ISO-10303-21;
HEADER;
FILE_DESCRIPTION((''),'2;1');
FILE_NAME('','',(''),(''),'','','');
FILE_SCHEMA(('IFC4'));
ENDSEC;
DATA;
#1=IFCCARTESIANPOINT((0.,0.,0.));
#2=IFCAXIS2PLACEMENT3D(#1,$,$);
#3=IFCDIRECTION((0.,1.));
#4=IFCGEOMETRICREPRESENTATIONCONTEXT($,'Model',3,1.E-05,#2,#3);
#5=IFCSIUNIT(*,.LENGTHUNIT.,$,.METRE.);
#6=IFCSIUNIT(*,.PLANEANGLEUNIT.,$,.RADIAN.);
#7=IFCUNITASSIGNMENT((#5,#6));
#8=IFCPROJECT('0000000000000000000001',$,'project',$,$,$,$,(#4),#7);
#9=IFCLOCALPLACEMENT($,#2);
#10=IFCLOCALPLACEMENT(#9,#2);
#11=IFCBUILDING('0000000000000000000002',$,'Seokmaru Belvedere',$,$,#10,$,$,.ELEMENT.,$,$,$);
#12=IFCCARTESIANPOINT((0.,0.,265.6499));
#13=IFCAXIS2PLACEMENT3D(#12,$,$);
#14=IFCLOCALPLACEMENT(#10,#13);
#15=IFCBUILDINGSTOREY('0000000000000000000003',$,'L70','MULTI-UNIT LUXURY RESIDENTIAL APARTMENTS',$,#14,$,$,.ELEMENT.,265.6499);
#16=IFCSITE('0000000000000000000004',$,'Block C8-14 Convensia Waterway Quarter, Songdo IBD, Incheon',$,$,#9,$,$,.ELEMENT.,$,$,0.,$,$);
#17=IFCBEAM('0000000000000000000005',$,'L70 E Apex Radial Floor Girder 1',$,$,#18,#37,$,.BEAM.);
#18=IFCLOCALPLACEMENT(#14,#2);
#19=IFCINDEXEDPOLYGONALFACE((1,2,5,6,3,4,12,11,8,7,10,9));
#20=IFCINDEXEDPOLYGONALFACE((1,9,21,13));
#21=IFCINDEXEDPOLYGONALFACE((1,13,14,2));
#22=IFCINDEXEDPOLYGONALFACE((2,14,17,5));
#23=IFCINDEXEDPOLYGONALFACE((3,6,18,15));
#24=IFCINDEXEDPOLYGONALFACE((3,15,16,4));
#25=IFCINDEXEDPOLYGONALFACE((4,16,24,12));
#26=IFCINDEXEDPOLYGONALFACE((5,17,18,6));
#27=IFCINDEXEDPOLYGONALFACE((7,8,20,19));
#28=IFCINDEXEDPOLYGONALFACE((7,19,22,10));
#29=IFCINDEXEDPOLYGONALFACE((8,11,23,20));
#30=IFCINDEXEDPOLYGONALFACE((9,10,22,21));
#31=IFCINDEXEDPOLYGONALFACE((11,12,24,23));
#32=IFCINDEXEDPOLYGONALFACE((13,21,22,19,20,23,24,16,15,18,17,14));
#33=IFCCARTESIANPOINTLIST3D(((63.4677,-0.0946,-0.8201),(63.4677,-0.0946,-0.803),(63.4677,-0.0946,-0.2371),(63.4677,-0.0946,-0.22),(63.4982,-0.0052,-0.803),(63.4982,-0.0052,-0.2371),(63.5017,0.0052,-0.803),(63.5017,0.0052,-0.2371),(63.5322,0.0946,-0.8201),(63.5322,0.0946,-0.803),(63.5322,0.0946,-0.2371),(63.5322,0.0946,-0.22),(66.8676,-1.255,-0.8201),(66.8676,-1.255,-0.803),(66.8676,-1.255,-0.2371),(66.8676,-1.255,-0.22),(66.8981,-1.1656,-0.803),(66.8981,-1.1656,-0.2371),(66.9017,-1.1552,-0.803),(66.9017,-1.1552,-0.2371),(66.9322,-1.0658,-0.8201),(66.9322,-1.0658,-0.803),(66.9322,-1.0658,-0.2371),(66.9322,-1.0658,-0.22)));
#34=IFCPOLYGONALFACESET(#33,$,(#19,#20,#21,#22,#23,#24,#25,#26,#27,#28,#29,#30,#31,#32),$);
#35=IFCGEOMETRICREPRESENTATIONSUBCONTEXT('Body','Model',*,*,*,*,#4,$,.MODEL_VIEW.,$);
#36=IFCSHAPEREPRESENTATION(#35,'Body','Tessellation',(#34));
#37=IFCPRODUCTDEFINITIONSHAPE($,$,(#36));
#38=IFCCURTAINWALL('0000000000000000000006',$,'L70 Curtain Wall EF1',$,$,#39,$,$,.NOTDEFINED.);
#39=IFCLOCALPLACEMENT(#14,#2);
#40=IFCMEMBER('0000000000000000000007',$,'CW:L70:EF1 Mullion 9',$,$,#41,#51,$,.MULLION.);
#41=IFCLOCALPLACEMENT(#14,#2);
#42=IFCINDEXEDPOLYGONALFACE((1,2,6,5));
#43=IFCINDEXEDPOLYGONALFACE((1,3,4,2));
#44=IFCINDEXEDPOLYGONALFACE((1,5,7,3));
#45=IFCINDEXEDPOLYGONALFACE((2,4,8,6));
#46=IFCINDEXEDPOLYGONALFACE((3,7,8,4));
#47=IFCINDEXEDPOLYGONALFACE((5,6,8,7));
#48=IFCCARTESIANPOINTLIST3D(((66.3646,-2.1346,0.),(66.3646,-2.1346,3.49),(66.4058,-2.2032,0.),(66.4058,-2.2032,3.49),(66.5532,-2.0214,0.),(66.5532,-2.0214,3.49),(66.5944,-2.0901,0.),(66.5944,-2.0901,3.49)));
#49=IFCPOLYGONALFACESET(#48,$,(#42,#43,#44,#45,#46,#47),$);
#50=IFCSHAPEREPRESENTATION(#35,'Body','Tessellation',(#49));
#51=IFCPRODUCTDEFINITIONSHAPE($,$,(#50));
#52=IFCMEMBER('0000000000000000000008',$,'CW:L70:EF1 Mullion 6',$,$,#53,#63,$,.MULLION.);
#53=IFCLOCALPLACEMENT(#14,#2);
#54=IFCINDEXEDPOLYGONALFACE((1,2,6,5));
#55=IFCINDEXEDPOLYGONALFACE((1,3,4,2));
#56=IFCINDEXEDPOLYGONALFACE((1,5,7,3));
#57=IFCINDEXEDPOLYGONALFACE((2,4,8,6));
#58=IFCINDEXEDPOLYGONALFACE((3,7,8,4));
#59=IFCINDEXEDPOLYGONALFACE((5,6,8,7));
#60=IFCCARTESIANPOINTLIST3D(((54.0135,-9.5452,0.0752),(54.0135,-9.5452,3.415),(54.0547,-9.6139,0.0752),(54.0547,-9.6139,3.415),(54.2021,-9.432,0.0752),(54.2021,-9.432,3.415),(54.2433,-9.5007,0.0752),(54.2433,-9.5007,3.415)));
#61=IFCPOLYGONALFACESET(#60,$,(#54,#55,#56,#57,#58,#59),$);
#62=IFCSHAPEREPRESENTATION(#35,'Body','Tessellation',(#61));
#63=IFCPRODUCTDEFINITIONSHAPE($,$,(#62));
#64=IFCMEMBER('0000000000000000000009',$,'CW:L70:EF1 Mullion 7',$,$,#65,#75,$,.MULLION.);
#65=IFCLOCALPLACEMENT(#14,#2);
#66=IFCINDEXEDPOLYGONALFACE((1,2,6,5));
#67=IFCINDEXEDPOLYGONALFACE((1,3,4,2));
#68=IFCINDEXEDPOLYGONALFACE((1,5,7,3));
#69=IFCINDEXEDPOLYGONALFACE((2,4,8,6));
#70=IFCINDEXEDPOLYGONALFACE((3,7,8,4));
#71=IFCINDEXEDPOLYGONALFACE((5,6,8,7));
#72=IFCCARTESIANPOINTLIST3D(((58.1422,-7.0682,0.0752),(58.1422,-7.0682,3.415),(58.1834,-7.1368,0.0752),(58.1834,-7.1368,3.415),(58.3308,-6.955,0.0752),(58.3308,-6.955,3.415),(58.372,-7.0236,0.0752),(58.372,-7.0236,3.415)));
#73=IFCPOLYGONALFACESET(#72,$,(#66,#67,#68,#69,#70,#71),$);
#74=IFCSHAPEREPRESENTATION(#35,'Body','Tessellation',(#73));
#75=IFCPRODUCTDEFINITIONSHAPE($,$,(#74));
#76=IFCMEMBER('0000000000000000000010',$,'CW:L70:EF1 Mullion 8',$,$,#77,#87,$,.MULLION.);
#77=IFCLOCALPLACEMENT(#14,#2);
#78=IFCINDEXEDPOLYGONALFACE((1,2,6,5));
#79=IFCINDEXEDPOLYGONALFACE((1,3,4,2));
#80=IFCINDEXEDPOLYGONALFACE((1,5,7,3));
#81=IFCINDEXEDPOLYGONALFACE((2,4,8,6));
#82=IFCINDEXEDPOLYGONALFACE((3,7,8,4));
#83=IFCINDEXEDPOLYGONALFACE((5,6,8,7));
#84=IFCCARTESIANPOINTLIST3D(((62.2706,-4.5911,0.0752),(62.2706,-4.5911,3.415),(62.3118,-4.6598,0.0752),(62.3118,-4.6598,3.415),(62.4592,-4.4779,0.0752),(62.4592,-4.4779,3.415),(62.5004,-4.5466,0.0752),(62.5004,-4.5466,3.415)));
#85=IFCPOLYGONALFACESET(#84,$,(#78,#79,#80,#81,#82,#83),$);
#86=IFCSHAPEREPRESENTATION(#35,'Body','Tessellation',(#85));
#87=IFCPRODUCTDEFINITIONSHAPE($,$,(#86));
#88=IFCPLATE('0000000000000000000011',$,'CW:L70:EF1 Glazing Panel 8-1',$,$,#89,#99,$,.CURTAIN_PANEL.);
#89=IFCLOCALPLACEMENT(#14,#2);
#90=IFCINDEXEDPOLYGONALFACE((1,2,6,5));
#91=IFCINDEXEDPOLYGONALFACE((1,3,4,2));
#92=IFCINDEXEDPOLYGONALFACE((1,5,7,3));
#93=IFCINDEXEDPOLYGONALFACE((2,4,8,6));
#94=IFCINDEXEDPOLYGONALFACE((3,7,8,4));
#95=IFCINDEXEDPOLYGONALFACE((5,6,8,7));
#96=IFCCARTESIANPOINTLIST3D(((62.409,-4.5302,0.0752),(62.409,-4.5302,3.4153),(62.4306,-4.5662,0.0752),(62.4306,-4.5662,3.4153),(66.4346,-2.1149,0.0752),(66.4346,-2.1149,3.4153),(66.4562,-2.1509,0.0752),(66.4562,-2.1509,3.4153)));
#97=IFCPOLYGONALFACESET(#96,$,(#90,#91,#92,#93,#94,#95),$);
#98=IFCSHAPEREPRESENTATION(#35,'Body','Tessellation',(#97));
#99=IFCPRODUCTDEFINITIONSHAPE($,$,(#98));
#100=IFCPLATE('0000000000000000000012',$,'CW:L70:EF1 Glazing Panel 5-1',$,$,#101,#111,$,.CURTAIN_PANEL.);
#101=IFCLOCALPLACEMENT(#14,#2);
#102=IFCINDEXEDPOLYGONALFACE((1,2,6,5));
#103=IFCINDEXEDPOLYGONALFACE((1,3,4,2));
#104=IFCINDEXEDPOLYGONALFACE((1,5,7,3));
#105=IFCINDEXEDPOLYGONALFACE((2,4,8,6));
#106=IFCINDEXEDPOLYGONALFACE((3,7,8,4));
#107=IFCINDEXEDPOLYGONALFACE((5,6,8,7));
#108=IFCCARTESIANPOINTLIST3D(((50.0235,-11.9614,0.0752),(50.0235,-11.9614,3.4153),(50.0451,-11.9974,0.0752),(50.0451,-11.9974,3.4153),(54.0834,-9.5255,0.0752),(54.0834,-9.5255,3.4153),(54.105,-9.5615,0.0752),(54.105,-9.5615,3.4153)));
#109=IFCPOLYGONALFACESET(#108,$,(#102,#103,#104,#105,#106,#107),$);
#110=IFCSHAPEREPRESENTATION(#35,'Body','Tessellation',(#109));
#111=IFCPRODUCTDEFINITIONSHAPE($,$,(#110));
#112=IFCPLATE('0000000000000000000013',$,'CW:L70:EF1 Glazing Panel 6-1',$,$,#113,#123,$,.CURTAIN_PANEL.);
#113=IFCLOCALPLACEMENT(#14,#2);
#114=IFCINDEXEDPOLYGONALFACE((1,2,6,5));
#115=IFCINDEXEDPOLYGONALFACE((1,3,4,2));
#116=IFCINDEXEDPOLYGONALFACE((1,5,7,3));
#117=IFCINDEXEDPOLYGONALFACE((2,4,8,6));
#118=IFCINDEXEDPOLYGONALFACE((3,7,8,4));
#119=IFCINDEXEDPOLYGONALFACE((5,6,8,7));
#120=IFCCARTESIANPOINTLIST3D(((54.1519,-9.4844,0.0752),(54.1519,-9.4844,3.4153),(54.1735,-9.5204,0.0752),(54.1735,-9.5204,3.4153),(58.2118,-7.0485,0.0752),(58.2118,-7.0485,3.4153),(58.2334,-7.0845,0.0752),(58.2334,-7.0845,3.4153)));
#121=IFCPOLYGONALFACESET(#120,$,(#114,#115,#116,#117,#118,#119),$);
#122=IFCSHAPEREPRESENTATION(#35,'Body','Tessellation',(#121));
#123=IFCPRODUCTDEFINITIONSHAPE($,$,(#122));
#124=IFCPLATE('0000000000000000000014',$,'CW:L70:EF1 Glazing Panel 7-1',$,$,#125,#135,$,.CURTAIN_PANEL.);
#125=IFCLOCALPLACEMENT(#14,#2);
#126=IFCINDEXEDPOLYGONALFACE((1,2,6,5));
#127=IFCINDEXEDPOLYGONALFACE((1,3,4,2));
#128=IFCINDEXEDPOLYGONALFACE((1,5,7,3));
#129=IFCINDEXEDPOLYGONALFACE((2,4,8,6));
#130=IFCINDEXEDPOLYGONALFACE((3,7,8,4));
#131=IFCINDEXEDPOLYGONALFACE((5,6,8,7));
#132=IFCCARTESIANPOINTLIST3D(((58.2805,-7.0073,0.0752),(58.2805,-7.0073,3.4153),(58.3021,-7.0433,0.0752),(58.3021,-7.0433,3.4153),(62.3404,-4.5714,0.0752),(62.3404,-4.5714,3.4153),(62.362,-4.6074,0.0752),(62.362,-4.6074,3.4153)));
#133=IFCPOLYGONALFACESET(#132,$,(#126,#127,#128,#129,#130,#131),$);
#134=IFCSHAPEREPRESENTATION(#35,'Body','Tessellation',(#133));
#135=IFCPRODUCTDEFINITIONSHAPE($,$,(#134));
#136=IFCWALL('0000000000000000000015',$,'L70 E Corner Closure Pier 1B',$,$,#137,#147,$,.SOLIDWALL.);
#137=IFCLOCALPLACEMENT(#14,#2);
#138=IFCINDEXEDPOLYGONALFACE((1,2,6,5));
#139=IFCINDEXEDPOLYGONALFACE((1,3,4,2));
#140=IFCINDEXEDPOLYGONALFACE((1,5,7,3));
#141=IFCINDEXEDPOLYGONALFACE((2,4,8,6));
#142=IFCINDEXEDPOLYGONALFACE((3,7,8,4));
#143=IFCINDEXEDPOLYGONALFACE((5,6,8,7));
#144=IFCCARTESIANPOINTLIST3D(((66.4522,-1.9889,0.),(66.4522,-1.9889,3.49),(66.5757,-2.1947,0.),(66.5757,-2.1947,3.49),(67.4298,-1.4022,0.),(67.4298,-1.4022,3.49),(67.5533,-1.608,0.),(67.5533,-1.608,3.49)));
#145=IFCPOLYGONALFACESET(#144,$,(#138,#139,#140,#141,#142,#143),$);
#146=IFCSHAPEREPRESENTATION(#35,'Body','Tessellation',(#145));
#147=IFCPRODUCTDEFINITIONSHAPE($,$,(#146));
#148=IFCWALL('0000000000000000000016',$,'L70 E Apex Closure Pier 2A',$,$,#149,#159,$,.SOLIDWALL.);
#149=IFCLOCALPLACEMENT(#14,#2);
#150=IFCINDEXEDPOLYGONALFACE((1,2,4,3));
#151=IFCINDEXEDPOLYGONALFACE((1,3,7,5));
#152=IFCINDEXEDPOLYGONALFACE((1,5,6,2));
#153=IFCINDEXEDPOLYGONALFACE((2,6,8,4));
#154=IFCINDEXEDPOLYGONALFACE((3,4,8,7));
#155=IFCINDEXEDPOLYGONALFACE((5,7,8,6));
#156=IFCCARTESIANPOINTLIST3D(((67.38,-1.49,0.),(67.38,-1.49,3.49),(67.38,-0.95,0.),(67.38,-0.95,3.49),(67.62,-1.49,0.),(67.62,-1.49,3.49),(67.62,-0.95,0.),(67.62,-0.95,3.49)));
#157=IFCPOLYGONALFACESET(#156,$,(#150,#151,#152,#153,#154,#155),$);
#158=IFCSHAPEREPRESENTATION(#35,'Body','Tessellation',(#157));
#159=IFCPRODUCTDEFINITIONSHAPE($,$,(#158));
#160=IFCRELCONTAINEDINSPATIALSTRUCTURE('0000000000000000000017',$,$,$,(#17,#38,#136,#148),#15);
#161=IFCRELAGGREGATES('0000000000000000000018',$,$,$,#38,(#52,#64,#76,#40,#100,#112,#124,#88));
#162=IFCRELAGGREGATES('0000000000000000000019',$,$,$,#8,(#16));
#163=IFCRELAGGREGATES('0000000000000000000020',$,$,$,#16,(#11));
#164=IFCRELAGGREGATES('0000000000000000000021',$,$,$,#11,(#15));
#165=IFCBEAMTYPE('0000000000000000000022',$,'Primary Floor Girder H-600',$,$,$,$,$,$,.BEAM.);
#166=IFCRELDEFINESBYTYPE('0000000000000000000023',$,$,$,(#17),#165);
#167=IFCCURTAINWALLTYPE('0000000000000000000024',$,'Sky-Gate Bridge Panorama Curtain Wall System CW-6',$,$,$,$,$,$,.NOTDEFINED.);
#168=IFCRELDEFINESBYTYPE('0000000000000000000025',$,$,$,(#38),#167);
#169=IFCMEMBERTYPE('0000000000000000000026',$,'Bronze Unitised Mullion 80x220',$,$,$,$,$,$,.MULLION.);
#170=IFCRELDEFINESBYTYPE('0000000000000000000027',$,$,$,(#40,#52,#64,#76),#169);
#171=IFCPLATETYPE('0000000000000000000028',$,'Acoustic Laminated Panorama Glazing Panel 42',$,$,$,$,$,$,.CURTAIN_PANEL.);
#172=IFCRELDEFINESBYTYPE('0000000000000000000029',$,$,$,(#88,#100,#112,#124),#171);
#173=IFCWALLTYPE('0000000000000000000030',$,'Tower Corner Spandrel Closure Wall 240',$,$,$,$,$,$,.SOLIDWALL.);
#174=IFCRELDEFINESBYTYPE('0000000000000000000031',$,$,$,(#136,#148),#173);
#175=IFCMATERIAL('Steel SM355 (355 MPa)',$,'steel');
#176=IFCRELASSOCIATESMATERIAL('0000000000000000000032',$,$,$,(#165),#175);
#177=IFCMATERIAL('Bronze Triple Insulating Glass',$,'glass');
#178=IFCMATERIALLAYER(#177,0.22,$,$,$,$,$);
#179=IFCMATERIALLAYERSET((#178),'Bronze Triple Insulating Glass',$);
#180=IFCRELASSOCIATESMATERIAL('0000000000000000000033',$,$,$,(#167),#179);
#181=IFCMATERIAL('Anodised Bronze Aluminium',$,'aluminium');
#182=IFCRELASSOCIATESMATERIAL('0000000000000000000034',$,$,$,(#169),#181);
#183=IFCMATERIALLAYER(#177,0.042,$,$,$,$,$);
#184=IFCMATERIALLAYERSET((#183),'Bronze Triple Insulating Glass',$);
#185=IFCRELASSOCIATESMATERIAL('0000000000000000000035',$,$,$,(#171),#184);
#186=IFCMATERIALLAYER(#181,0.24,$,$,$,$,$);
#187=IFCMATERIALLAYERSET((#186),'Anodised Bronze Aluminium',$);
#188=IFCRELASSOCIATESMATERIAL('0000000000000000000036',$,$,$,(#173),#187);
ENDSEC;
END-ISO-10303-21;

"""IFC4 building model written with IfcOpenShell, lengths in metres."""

from ifc_helpers import new_model, si_unit, direction, frame, frame_2d, origin, origin_2d, place, context, subcontext, project, spatial, rectangle, i_section, extrude, source, transform, mapped, material, layer, layer_set, material_profile, profile_set, type_object, type_shapes, element, aggregate, save


model = new_model("IFC4")

# Units and contexts
model_context = context("Model", 3, precision=1e-05, world=origin(), true_north=direction((0.0, 1.0)))
body_context = subcontext(model_context, "Body", "Model", "MODEL_VIEW")
ifc_project = project(units=[si_unit("LENGTHUNIT", "METRE"), si_unit("PLANEANGLEUNIT", "RADIAN")], contexts=[model_context])

# Site, building, storey
site_placement = place(None, origin())
site = spatial("IfcSite", under=ifc_project, at=site_placement, Name="Block C8-14 Convensia Waterway Quarter, Songdo IBD, Incheon", CompositionType="ELEMENT", RefElevation=0.0)
building_placement = place(site_placement, origin())
building = spatial("IfcBuilding", under=site, at=building_placement, Name="Seokmaru Belvedere", CompositionType="ELEMENT")
storey_placement = place(building_placement, frame((0.0, 0.0, 265.6499)))
storey = spatial("IfcBuildingStorey", under=building, at=storey_placement, Name="L70", Description="MULTI-UNIT LUXURY RESIDENTIAL APARTMENTS", CompositionType="ELEMENT", Elevation=265.6499)

# Shared definitions
ifc_material_1 = material(Name="Steel SM355 (355 MPa)", Category="steel")

# Beam
ifc_material_profile_1 = material_profile(ifc_material_1, i_section(OverallWidth=0.2, OverallDepth=0.6001, WebThickness=0.011, FlangeThickness=0.0171, at=origin_2d()), Name="H-600x200x11x17")
ifc_profile_set_1 = profile_set([ifc_material_profile_1], Name="Steel SM355 (355 MPa)")
beam_type_1 = type_object("IfcBeamType", Name="Primary Floor Girder H-600", PredefinedType="BEAM", material=ifc_profile_set_1)
shared_shape_1 = source(origin(), body_context, "Body", "SweptSolid", [
    extrude(i_section(OverallWidth=0.2, OverallDepth=0.6001, WebThickness=0.011, FlangeThickness=0.0171, at=origin_2d()), origin(), (0.0, 0.0, 1.0), 3.5925),
])
beam_1_placement = place(storey_placement, frame((66.8999, -1.1604, -0.52), z_axis=(-0.946396, 0.323009, 0.0), x_axis=(-0.323009, -0.946396, 0.0)))
element("IfcBeam", 1, at=beam_1_placement, inside=storey, type_object=beam_type_1, Name="L70 E Apex Radial Floor Girder 1", PredefinedType="BEAM", context=body_context, shape_type="MappedRepresentation", body=[
    mapped(shared_shape_1, transform((0.0, 0.0, 0.0), scale=1.0)),
])

# Curtain wall, members, plates
ifc_material_2 = material(Name="Bronze Triple Insulating Glass", Category="glass")
ifc_layer_1 = layer(ifc_material_2, 0.22)
ifc_layer_set_1 = layer_set([ifc_layer_1], Name="Bronze Triple Insulating Glass")
curtain_wall_type = type_object("IfcCurtainWallType", Name="Sky-Gate Bridge Panorama Curtain Wall System CW-6", PredefinedType="NOTDEFINED", material=ifc_layer_set_1)
curtain_wall_placement = place(storey_placement, origin())
curtain_wall = element("IfcCurtainWall", 2, at=curtain_wall_placement, inside=storey, type_object=curtain_wall_type, Name="L70 Curtain Wall EF1", PredefinedType="NOTDEFINED")
ifc_material_3 = material(Name="Anodised Bronze Aluminium", Category="aluminium")
ifc_material_profile_2 = material_profile(ifc_material_3, rectangle(XDim=0.0801, YDim=0.22, at=origin_2d()), Name="CW-M-80x220")
ifc_profile_set_2 = profile_set([ifc_material_profile_2], Name="Anodised Bronze Aluminium")
member_type = type_object("IfcMemberType", Name="Bronze Unitised Mullion 80x220", PredefinedType="MULLION", material=ifc_profile_set_2)
shared_shape_2 = source(origin(), body_context, "Body", "SweptSolid", [
    extrude(rectangle(XDim=0.0801, YDim=0.22, at=origin_2d()), origin(), (0.0, 0.0, 1.0), 3.49),
])
member_1_placement = place(storey_placement, frame((66.4795, -2.1123, 0.0), z_axis=(0.0, 0.0, 1.0), x_axis=(-0.514495, 0.857493, 0.0)))
member_1 = element("IfcMember", 3, at=member_1_placement, type_object=member_type, Name="CW:L70:EF1 Mullion 9", PredefinedType="MULLION", context=body_context, shape_type="MappedRepresentation", body=[
    mapped(shared_shape_2, transform((0.0, 0.0, 0.0), scale=1.0)),
])
shared_shape_3 = source(origin(), body_context, "Body", "SweptSolid", [
    extrude(rectangle(XDim=0.0801, YDim=0.22, at=origin_2d()), origin(), (0.0, 0.0, 1.0), 3.3398),
])
type_shapes(member_type, [shared_shape_2, shared_shape_3])
member_2_placement = place(storey_placement, frame((54.1284, -9.5229, 0.0752), z_axis=(0.0, 0.0, 1.0), x_axis=(-0.514495, 0.857493, 0.0)))
member_2 = element("IfcMember", 4, at=member_2_placement, type_object=member_type, Name="CW:L70:EF1 Mullion 6", PredefinedType="MULLION", context=body_context, shape_type="MappedRepresentation", body=[
    mapped(shared_shape_3, transform((0.0, 0.0, 0.0), scale=1.0)),
])
member_3_placement = place(storey_placement, frame((58.2571, -7.0459, 0.0752), z_axis=(0.0, 0.0, 1.0), x_axis=(-0.514495, 0.857493, 0.0)))
member_3 = element("IfcMember", 5, at=member_3_placement, type_object=member_type, Name="CW:L70:EF1 Mullion 7", PredefinedType="MULLION", context=body_context, shape_type="MappedRepresentation", body=[
    mapped(shared_shape_3, transform((0.0, 0.0, 0.0), scale=1.0)),
])
member_4_placement = place(storey_placement, frame((62.3855, -4.5688, 0.0752), z_axis=(0.0, 0.0, 1.0), x_axis=(-0.514495, 0.857493, 0.0)))
member_4 = element("IfcMember", 6, at=member_4_placement, type_object=member_type, Name="CW:L70:EF1 Mullion 8", PredefinedType="MULLION", context=body_context, shape_type="MappedRepresentation", body=[
    mapped(shared_shape_3, transform((0.0, 0.0, 0.0), scale=1.0)),
])
ifc_layer_2 = layer(ifc_material_2, 0.042)
ifc_layer_set_2 = layer_set([ifc_layer_2], Name="Bronze Triple Insulating Glass")
plate_type = type_object("IfcPlateType", Name="Acoustic Laminated Panorama Glazing Panel 42", PredefinedType="CURTAIN_PANEL", material=ifc_layer_set_2)
shared_shape_4 = source(origin(), body_context, "Body", "SweptSolid", [
    extrude(rectangle(XDim=4.6946, YDim=0.042, at=origin_2d()), origin(), (0.0, 0.0, 1.0), 3.3401),
])
plate_1_placement = place(storey_placement, frame((64.4326, -3.3406, 0.0752), z_axis=(0.0, 0.0, 1.0), x_axis=(0.857493, 0.514495, 0.0)))
plate_1 = element("IfcPlate", 7, at=plate_1_placement, type_object=plate_type, Name="CW:L70:EF1 Glazing Panel 8-1", PredefinedType="CURTAIN_PANEL", context=body_context, shape_type="MappedRepresentation", body=[
    mapped(shared_shape_4, transform((0.0, 0.0, 0.0), scale=1.0)),
])
shared_shape_5 = source(origin(), body_context, "Body", "SweptSolid", [
    extrude(rectangle(XDim=4.7346, YDim=0.042, at=origin_2d()), origin(), (0.0, 0.0, 1.0), 3.3401),
])
type_shapes(plate_type, [shared_shape_4, shared_shape_5])
plate_2_placement = place(storey_placement, frame((52.0642, -10.7615, 0.0752), z_axis=(0.0, 0.0, 1.0), x_axis=(0.857493, 0.514495, 0.0)))
plate_2 = element("IfcPlate", 8, at=plate_2_placement, type_object=plate_type, Name="CW:L70:EF1 Glazing Panel 5-1", PredefinedType="CURTAIN_PANEL", context=body_context, shape_type="MappedRepresentation", body=[
    mapped(shared_shape_5, transform((0.0, 0.0, 0.0), scale=1.0)),
])
plate_3_placement = place(storey_placement, frame((56.1926, -8.2844, 0.0752), z_axis=(0.0, 0.0, 1.0), x_axis=(0.857493, 0.514495, 0.0)))
plate_3 = element("IfcPlate", 9, at=plate_3_placement, type_object=plate_type, Name="CW:L70:EF1 Glazing Panel 6-1", PredefinedType="CURTAIN_PANEL", context=body_context, shape_type="MappedRepresentation", body=[
    mapped(shared_shape_5, transform((0.0, 0.0, 0.0), scale=1.0)),
])
plate_4_placement = place(storey_placement, frame((60.3213, -5.8074, 0.0752), z_axis=(0.0, 0.0, 1.0), x_axis=(0.857493, 0.514495, 0.0)))
plate_4 = element("IfcPlate", 10, at=plate_4_placement, type_object=plate_type, Name="CW:L70:EF1 Glazing Panel 7-1", PredefinedType="CURTAIN_PANEL", context=body_context, shape_type="MappedRepresentation", body=[
    mapped(shared_shape_5, transform((0.0, 0.0, 0.0), scale=1.0)),
])
aggregate(curtain_wall, [member_2, member_3, member_4, member_1, plate_2, plate_3, plate_4, plate_1])

# Walls
ifc_layer_3 = layer(ifc_material_3, 0.24)
ifc_layer_set_3 = layer_set([ifc_layer_3], Name="Anodised Bronze Aluminium")
wall_type_1 = type_object("IfcWallType", Name="Tower Corner Spandrel Closure Wall 240", PredefinedType="SOLIDWALL", material=ifc_layer_set_3)
wall_1_placement = place(storey_placement, frame((66.5139, -2.0918, 0.0), z_axis=(0.0, 0.0, 1.0), x_axis=(0.857436, 0.51459, 0.0)))
element("IfcWall", 11, at=wall_1_placement, inside=storey, type_object=wall_type_1, Name="L70 E Corner Closure Pier 1B", PredefinedType="SOLIDWALL", context=body_context, shape_type="SweptSolid", body=[
    extrude(rectangle(XDim=1.1401, YDim=0.24, at=frame_2d((0.5701, 0.0))), origin(), (0.0, 0.0, 1.0), 3.49),
])
wall_2_placement = place(storey_placement, frame((67.5, -1.49, 0.0), z_axis=(0.0, 0.0, 1.0), x_axis=(0.0, 1.0, 0.0)))
element("IfcWall", 12, at=wall_2_placement, inside=storey, type_object=wall_type_1, Name="L70 E Apex Closure Pier 2A", PredefinedType="SOLIDWALL", context=body_context, shape_type="SweptSolid", body=[
    extrude(rectangle(XDim=0.54, YDim=0.24, at=frame_2d((0.27, 0.0))), origin(), (0.0, 0.0, 1.0), 3.49),
])

save(model, "model.ifc")
